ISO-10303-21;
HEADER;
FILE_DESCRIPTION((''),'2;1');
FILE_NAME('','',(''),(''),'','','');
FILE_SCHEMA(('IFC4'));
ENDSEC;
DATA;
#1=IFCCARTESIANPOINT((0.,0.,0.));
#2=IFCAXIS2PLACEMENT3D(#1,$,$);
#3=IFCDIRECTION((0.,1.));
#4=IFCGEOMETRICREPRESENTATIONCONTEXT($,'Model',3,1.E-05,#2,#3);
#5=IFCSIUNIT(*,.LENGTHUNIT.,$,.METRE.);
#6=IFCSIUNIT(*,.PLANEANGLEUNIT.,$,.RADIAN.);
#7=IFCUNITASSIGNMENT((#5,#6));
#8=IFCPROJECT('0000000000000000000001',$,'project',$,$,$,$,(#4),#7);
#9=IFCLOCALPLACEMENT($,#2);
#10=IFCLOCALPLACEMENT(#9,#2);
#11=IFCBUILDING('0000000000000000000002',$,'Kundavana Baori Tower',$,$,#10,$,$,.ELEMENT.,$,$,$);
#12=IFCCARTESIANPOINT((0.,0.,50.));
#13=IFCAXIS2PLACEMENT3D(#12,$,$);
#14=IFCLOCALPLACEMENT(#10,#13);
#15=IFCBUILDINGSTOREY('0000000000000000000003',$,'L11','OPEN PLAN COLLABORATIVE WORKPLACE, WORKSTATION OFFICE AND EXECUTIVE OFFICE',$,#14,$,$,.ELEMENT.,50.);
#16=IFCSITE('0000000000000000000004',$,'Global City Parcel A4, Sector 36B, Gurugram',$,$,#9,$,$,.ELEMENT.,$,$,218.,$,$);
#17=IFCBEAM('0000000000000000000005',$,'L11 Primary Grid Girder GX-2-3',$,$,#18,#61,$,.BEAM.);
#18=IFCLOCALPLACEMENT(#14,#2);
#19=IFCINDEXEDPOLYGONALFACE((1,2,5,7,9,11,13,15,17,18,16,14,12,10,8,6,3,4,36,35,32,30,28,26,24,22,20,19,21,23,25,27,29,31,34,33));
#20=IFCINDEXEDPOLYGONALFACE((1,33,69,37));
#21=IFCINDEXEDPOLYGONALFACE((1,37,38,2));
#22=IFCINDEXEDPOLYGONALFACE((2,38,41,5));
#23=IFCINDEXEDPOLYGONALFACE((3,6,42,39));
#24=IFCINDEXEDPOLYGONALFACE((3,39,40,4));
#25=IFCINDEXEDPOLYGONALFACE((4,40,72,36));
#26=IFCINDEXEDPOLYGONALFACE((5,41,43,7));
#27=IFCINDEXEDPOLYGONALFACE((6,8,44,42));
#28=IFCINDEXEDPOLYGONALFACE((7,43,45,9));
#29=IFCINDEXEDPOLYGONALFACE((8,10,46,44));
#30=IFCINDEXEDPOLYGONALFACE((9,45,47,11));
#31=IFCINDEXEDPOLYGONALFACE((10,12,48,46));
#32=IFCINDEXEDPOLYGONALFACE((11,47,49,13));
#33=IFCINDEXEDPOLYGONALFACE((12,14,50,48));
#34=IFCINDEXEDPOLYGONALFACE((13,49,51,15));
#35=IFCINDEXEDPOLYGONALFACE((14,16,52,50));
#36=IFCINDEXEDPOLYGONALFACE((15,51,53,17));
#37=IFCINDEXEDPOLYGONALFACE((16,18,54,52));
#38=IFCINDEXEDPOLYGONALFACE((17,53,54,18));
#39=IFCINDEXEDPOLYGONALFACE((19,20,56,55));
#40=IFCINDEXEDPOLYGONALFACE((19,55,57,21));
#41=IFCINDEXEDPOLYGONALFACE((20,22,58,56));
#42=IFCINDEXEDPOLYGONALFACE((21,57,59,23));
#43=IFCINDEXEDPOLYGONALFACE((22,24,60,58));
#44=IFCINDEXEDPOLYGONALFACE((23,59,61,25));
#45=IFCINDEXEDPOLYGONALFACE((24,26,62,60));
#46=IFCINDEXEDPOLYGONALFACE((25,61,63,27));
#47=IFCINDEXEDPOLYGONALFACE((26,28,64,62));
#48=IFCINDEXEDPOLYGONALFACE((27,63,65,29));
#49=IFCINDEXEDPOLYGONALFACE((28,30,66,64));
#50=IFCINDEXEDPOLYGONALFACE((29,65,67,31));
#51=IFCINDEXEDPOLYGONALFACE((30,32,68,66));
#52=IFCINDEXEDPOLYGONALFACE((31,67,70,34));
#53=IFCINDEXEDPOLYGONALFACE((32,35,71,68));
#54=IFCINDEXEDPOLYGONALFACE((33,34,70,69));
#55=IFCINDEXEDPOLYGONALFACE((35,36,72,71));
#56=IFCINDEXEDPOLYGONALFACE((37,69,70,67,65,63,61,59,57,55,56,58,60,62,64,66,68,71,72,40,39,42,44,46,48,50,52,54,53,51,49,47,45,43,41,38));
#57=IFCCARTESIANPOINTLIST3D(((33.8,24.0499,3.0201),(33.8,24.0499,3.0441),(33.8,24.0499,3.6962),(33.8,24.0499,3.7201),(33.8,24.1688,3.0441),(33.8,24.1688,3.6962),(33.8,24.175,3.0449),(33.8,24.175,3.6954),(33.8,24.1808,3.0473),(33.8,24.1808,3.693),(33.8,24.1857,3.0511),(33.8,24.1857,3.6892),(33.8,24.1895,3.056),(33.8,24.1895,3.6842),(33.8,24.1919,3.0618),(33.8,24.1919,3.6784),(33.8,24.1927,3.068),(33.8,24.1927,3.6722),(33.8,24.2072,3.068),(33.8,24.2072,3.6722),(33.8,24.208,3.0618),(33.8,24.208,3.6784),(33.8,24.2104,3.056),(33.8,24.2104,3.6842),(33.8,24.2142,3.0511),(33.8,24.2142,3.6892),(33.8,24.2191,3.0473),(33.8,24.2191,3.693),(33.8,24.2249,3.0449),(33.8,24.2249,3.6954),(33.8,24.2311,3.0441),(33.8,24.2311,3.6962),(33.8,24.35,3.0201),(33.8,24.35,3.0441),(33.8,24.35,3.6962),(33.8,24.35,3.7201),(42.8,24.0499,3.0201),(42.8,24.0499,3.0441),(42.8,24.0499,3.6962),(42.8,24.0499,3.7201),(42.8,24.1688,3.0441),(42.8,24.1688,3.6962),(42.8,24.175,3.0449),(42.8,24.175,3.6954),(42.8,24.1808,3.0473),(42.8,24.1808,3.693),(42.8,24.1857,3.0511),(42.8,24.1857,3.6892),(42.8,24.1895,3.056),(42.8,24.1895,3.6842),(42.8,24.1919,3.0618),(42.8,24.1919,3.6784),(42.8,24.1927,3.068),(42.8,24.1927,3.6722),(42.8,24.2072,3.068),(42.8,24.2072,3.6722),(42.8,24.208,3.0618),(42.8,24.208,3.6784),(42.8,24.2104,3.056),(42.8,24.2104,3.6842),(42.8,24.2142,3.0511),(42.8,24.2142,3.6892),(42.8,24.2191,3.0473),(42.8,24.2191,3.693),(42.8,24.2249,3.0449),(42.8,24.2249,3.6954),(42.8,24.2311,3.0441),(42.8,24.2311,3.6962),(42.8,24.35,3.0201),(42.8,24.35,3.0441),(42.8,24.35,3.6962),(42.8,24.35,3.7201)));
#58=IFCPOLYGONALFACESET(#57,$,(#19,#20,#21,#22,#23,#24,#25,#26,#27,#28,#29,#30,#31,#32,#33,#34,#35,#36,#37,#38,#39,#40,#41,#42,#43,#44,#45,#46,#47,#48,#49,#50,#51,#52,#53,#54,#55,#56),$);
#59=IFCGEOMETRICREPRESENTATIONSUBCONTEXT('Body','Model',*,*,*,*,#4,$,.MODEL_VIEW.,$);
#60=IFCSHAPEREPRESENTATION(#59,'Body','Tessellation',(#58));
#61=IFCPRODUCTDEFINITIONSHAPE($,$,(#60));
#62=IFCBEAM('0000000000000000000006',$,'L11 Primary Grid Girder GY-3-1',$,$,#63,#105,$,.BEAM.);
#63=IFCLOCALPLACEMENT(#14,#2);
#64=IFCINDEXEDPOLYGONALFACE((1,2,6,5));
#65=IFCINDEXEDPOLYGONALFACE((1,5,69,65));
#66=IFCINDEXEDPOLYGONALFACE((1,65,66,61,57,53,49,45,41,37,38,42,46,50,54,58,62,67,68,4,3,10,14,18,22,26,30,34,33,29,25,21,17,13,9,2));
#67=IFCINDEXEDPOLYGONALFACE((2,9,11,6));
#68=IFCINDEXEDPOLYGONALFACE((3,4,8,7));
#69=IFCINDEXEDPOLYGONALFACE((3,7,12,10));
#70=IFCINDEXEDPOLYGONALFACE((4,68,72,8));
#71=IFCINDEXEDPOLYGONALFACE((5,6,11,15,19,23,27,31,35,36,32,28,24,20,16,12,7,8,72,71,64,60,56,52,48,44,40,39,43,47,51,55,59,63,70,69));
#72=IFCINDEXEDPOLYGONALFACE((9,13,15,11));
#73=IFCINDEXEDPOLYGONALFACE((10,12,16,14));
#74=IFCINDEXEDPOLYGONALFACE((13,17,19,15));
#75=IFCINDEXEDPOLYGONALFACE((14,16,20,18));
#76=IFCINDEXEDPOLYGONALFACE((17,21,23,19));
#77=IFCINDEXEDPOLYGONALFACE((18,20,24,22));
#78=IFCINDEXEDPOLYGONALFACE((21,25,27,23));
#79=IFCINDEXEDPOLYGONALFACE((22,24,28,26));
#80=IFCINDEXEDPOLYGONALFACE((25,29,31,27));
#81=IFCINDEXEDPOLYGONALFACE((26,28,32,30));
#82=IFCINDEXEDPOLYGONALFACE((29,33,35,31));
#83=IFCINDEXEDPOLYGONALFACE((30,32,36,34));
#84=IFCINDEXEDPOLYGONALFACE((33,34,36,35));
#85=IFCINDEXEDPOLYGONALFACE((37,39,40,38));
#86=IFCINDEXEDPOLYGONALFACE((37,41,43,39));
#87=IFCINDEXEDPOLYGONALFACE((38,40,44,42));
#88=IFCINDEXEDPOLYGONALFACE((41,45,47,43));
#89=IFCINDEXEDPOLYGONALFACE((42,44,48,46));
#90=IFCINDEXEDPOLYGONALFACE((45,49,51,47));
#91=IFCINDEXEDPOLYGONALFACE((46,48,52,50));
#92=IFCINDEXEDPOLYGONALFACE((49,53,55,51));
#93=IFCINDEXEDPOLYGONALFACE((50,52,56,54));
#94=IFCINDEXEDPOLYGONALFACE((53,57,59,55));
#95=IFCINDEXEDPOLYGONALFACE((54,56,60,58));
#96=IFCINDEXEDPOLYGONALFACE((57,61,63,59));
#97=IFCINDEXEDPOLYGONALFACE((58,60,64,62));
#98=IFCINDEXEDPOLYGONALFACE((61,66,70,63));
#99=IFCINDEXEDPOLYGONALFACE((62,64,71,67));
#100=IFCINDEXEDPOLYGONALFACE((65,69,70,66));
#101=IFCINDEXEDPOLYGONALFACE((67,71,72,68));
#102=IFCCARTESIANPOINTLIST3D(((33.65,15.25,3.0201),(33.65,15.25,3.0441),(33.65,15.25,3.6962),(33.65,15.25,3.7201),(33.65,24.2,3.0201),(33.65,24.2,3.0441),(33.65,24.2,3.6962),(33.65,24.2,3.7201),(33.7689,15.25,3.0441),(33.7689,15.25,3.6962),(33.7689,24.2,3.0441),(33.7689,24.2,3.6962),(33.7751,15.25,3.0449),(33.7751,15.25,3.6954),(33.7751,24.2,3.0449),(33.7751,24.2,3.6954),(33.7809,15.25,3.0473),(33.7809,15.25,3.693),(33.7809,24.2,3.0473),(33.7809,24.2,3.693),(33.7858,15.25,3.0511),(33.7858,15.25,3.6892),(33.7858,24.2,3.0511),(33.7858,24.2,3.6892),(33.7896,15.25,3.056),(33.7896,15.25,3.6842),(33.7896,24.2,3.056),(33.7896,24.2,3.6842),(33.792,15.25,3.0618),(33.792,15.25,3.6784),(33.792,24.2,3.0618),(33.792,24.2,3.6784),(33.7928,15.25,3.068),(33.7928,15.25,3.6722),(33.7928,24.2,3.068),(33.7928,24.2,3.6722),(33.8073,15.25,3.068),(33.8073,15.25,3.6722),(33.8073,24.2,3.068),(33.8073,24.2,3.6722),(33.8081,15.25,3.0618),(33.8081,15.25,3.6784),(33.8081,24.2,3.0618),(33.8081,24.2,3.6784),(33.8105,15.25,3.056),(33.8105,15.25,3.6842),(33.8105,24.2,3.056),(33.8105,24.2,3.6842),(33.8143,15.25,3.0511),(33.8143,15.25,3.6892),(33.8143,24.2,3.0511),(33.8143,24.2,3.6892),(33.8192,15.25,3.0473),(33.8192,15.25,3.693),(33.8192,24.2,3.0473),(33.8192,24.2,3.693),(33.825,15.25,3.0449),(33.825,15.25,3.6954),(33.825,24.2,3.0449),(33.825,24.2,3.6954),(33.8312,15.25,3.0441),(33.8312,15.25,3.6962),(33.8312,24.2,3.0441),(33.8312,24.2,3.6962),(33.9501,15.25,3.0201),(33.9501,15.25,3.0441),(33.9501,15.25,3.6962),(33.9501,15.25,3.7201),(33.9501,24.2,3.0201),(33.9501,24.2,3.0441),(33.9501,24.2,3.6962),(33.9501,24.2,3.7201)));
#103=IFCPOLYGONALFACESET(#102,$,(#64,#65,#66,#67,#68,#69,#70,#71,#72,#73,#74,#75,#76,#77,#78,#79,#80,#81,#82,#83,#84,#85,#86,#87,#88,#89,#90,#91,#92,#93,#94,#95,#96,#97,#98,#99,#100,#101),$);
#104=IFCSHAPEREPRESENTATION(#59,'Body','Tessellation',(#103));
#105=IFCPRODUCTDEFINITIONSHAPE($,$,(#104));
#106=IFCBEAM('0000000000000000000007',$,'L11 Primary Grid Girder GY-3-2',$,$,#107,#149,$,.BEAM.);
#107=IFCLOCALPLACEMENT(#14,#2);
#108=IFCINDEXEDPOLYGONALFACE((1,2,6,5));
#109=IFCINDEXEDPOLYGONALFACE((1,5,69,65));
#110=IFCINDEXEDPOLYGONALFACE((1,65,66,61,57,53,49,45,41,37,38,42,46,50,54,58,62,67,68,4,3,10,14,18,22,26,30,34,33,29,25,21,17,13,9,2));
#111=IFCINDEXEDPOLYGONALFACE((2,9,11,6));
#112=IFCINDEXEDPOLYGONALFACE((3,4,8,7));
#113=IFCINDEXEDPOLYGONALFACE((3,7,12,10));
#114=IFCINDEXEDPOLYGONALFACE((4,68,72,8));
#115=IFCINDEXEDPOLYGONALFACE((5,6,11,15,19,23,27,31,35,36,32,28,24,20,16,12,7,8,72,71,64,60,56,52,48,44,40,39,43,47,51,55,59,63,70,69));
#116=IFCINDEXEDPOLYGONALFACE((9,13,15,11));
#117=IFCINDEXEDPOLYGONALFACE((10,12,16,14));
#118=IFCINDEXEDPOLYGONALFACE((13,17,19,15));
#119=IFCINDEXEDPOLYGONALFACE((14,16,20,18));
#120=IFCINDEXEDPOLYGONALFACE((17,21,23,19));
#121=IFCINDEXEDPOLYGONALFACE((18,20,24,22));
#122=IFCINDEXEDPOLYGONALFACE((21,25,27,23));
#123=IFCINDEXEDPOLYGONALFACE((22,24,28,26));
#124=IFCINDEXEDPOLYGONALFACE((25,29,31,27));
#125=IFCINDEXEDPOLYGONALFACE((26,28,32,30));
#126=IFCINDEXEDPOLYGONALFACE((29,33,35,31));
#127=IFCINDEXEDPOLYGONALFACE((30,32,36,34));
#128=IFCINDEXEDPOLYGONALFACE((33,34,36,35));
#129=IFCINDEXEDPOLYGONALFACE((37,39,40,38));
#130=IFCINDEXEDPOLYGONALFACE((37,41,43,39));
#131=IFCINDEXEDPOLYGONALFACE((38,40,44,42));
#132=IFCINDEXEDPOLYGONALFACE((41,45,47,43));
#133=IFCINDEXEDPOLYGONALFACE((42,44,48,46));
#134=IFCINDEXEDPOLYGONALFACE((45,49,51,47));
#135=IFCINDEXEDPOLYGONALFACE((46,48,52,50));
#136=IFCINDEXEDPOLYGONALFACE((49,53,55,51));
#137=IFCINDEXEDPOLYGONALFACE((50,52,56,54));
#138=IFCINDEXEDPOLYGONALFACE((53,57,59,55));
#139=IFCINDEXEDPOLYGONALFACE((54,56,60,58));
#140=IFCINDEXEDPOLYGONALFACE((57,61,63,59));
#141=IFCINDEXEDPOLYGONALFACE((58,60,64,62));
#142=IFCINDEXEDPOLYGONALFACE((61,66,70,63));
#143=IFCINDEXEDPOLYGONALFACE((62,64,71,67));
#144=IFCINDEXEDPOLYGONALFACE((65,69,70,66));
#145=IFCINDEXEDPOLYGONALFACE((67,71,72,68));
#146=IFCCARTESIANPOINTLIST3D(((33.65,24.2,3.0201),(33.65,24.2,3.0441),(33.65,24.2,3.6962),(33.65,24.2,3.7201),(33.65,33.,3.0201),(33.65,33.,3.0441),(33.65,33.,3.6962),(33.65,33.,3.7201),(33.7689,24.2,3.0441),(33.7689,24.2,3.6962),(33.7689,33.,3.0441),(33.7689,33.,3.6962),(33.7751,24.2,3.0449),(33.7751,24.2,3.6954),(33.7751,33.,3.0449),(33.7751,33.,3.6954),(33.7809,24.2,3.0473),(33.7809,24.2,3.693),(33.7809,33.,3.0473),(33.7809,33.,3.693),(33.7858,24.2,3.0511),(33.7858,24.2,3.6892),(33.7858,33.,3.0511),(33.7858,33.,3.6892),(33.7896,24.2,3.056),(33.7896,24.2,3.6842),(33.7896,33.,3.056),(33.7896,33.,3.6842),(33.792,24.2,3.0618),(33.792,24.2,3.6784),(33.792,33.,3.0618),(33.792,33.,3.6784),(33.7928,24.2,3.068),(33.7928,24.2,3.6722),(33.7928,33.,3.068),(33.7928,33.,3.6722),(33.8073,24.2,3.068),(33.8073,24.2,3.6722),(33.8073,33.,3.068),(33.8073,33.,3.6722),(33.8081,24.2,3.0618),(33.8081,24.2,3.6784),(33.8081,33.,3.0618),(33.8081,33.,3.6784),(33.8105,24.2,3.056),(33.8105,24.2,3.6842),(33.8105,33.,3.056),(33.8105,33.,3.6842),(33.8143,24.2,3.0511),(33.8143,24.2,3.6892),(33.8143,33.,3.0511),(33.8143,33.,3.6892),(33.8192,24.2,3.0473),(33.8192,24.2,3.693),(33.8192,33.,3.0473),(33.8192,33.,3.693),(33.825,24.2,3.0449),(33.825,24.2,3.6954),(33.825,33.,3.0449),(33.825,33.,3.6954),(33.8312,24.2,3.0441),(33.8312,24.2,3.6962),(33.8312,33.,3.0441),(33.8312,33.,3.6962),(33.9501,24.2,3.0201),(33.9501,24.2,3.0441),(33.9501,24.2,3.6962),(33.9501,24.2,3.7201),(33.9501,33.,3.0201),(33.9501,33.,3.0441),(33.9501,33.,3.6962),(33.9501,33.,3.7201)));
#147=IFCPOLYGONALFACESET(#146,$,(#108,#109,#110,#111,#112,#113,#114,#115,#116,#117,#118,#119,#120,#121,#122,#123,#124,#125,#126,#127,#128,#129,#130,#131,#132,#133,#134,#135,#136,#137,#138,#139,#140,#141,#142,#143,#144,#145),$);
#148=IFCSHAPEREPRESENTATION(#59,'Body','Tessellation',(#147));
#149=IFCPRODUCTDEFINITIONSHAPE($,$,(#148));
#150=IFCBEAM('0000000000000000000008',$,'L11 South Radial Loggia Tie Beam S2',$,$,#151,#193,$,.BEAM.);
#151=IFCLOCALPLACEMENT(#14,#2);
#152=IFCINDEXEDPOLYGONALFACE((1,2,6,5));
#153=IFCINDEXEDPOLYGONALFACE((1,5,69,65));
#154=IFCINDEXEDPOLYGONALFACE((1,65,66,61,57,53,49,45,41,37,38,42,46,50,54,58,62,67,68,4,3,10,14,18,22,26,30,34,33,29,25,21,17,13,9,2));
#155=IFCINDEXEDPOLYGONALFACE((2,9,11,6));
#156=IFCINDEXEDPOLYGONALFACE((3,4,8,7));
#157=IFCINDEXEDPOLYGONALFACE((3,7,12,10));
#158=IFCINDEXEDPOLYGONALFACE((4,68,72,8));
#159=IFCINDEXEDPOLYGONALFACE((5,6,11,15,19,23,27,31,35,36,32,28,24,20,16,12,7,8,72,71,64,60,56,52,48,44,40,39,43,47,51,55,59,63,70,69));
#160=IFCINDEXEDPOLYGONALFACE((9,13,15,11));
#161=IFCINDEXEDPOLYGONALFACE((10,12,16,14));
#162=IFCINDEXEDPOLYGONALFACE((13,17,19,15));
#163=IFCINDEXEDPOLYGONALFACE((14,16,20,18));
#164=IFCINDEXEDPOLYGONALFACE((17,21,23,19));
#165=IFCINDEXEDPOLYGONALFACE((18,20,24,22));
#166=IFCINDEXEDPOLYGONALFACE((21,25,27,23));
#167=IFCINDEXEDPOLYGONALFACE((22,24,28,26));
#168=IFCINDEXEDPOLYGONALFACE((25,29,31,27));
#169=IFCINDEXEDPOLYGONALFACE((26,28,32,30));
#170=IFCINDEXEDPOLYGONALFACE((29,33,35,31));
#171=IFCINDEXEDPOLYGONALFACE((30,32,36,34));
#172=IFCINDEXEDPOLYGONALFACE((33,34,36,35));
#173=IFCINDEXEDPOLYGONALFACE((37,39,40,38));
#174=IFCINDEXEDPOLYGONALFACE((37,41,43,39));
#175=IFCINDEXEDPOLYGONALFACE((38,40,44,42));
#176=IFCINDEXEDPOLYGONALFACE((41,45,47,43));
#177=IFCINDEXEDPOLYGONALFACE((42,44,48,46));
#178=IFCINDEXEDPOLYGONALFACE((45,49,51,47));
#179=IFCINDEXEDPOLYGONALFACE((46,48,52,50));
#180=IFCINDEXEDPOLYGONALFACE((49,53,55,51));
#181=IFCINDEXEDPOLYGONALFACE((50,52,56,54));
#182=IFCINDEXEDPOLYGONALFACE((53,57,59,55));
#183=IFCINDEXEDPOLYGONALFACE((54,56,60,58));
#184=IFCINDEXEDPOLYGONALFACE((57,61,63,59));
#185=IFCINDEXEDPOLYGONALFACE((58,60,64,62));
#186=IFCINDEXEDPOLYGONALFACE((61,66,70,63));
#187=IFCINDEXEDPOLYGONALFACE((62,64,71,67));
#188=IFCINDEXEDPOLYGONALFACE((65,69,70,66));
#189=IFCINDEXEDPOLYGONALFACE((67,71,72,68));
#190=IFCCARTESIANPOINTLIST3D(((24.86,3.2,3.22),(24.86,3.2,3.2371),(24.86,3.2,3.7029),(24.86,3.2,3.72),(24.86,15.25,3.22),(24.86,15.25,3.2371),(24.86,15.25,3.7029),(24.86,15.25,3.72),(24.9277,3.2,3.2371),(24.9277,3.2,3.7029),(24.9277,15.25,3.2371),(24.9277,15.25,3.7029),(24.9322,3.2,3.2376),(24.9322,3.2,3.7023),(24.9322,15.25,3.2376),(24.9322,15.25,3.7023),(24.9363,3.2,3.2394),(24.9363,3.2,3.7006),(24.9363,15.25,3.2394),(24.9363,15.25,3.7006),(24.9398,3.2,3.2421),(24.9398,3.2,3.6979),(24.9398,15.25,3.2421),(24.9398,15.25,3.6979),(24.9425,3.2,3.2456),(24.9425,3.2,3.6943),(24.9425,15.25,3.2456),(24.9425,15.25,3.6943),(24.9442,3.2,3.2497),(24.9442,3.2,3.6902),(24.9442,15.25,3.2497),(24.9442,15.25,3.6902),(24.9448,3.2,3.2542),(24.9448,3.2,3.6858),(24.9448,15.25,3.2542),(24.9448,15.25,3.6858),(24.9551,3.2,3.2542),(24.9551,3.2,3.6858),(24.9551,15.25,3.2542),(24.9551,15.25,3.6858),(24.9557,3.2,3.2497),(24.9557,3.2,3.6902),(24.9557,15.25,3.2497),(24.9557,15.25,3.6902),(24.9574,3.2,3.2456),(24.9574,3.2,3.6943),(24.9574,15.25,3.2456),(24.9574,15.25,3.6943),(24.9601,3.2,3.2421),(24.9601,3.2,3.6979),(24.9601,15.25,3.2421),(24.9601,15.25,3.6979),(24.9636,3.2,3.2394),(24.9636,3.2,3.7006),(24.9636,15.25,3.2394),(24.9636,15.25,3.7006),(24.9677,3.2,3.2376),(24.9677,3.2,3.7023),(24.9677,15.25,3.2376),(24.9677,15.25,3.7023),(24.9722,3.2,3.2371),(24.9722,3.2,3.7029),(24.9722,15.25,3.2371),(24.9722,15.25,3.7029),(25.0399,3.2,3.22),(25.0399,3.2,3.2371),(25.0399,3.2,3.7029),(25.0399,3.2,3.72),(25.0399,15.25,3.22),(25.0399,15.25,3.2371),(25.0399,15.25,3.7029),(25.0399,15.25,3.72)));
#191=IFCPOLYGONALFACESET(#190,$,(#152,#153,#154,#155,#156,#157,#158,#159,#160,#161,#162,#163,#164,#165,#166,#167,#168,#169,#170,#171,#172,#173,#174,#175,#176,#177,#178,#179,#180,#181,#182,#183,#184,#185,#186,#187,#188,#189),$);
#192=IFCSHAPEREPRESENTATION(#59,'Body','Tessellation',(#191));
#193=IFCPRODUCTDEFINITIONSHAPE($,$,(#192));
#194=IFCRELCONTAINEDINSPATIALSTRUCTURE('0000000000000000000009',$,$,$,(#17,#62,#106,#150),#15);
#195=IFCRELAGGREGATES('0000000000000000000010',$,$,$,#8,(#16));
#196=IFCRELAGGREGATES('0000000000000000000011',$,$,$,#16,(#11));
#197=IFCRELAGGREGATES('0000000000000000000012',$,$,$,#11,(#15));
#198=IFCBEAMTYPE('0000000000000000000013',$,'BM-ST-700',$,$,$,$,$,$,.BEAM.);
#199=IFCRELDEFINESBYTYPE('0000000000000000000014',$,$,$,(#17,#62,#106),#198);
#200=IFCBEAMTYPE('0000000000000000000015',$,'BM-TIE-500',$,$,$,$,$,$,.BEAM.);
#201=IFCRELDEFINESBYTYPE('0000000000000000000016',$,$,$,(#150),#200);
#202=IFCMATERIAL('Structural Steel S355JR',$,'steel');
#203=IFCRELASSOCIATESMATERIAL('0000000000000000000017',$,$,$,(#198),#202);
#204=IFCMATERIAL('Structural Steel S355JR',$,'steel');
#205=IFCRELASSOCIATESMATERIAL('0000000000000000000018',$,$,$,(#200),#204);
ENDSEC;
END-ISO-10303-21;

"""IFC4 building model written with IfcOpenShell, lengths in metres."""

from ifc_helpers import new_model, si_unit, direction, frame, origin, origin_2d, place, context, subcontext, project, spatial, i_section, extrude, material, material_profile, profile_set, type_object, element, save


model = new_model("IFC4")

# Units and contexts
model_context = context("Model", 3, precision=1e-05, world=origin(), true_north=direction((0.0, 1.0)))
body_context = subcontext(model_context, "Body", "Model", "MODEL_VIEW")
ifc_project = project(units=[si_unit("LENGTHUNIT", "METRE"), si_unit("PLANEANGLEUNIT", "RADIAN")], contexts=[model_context])

# Site, building, storey
site_placement = place(None, origin())
site = spatial("IfcSite", under=ifc_project, at=site_placement, Name="Global City Parcel A4, Sector 36B, Gurugram", CompositionType="ELEMENT", RefElevation=218.0)
building_placement = place(site_placement, origin())
building = spatial("IfcBuilding", under=site, at=building_placement, Name="Kundavana Baori Tower", CompositionType="ELEMENT")
storey_placement = place(building_placement, frame((0.0, 0.0, 50.0)))
storey = spatial("IfcBuildingStorey", under=building, at=storey_placement, Name="L11", Description="OPEN PLAN COLLABORATIVE WORKPLACE, WORKSTATION OFFICE AND EXECUTIVE OFFICE", CompositionType="ELEMENT", Elevation=50.0)

# Beams
ifc_material_1 = material(Name="Structural Steel S355JR", Category="steel")
ifc_material_profile_1 = material_profile(ifc_material_1, i_section(OverallWidth=0.3, OverallDepth=0.7, WebThickness=0.0144, FlangeThickness=0.0239, FilletRadius=0.0239, at=origin_2d()), Name="NPB 700x300x170")
ifc_profile_set_1 = profile_set([ifc_material_profile_1], Name="Structural Steel S355JR")
beam_type_1 = type_object("IfcBeamType", Name="BM-ST-700", PredefinedType="BEAM", material=ifc_profile_set_1)
beam_1_placement = place(storey_placement, frame((33.8, 24.2, 3.3701), z_axis=(1.0, 0.0, 0.0), x_axis=(0.0, 1.0, 0.0)))
element("IfcBeam", 1, at=beam_1_placement, inside=storey, type_object=beam_type_1, Name="L11 Primary Grid Girder GX-2-3", PredefinedType="BEAM", context=body_context, shape_type="SweptSolid", body=[
    extrude(i_section(OverallWidth=0.3, OverallDepth=0.7, WebThickness=0.0144, FlangeThickness=0.0239, FilletRadius=0.0239, at=origin_2d()), origin(), (0.0, 0.0, 1.0), 9.0),
])
beam_2_placement = place(storey_placement, frame((33.8, 15.25, 3.3701), z_axis=(0.0, 1.0, 0.0), x_axis=(-1.0, 0.0, 0.0)))
element("IfcBeam", 2, at=beam_2_placement, inside=storey, type_object=beam_type_1, Name="L11 Primary Grid Girder GY-3-1", PredefinedType="BEAM", context=body_context, shape_type="SweptSolid", body=[
    extrude(i_section(OverallWidth=0.3, OverallDepth=0.7, WebThickness=0.0144, FlangeThickness=0.0239, FilletRadius=0.0239, at=origin_2d()), origin(), (0.0, 0.0, 1.0), 8.95),
])
beam_3_placement = place(storey_placement, frame((33.8, 24.2, 3.3701), z_axis=(0.0, 1.0, 0.0), x_axis=(-1.0, 0.0, 0.0)))
element("IfcBeam", 3, at=beam_3_placement, inside=storey, type_object=beam_type_1, Name="L11 Primary Grid Girder GY-3-2", PredefinedType="BEAM", context=body_context, shape_type="SweptSolid", body=[
    extrude(i_section(OverallWidth=0.3, OverallDepth=0.7, WebThickness=0.0144, FlangeThickness=0.0239, FilletRadius=0.0239, at=origin_2d()), origin(), (0.0, 0.0, 1.0), 8.8),
])
ifc_material_2 = material(Name="Structural Steel S355JR", Category="steel")
ifc_material_profile_2 = material_profile(ifc_material_2, i_section(OverallWidth=0.1799, OverallDepth=0.5, WebThickness=0.0103, FlangeThickness=0.0171, FilletRadius=0.0171, at=origin_2d()), Name="ISMB 500")
ifc_profile_set_2 = profile_set([ifc_material_profile_2], Name="Structural Steel S355JR")
beam_type_2 = type_object("IfcBeamType", Name="BM-TIE-500", PredefinedType="BEAM", material=ifc_profile_set_2)
for number, where, z_axis, x_axis, name in (
    (4, (24.95, 15.25, 3.47), (0.0, -1.0, 0.0), (1.0, 0.0, 0.0), "L11 South Radial Loggia Tie Beam S2"),
):
    element("IfcBeam", number, at=place(storey_placement, frame(where, z_axis=z_axis, x_axis=x_axis)), inside=storey, type_object=beam_type_2, Name=name, PredefinedType="BEAM", context=body_context, shape_type="SweptSolid", body=[
        extrude(i_section(OverallWidth=0.1799, OverallDepth=0.5, WebThickness=0.0103, FlangeThickness=0.0171, FilletRadius=0.0171, at=origin_2d()), origin(), (0.0, 0.0, 1.0), 12.05),
    ])

save(model, "model.ifc")
